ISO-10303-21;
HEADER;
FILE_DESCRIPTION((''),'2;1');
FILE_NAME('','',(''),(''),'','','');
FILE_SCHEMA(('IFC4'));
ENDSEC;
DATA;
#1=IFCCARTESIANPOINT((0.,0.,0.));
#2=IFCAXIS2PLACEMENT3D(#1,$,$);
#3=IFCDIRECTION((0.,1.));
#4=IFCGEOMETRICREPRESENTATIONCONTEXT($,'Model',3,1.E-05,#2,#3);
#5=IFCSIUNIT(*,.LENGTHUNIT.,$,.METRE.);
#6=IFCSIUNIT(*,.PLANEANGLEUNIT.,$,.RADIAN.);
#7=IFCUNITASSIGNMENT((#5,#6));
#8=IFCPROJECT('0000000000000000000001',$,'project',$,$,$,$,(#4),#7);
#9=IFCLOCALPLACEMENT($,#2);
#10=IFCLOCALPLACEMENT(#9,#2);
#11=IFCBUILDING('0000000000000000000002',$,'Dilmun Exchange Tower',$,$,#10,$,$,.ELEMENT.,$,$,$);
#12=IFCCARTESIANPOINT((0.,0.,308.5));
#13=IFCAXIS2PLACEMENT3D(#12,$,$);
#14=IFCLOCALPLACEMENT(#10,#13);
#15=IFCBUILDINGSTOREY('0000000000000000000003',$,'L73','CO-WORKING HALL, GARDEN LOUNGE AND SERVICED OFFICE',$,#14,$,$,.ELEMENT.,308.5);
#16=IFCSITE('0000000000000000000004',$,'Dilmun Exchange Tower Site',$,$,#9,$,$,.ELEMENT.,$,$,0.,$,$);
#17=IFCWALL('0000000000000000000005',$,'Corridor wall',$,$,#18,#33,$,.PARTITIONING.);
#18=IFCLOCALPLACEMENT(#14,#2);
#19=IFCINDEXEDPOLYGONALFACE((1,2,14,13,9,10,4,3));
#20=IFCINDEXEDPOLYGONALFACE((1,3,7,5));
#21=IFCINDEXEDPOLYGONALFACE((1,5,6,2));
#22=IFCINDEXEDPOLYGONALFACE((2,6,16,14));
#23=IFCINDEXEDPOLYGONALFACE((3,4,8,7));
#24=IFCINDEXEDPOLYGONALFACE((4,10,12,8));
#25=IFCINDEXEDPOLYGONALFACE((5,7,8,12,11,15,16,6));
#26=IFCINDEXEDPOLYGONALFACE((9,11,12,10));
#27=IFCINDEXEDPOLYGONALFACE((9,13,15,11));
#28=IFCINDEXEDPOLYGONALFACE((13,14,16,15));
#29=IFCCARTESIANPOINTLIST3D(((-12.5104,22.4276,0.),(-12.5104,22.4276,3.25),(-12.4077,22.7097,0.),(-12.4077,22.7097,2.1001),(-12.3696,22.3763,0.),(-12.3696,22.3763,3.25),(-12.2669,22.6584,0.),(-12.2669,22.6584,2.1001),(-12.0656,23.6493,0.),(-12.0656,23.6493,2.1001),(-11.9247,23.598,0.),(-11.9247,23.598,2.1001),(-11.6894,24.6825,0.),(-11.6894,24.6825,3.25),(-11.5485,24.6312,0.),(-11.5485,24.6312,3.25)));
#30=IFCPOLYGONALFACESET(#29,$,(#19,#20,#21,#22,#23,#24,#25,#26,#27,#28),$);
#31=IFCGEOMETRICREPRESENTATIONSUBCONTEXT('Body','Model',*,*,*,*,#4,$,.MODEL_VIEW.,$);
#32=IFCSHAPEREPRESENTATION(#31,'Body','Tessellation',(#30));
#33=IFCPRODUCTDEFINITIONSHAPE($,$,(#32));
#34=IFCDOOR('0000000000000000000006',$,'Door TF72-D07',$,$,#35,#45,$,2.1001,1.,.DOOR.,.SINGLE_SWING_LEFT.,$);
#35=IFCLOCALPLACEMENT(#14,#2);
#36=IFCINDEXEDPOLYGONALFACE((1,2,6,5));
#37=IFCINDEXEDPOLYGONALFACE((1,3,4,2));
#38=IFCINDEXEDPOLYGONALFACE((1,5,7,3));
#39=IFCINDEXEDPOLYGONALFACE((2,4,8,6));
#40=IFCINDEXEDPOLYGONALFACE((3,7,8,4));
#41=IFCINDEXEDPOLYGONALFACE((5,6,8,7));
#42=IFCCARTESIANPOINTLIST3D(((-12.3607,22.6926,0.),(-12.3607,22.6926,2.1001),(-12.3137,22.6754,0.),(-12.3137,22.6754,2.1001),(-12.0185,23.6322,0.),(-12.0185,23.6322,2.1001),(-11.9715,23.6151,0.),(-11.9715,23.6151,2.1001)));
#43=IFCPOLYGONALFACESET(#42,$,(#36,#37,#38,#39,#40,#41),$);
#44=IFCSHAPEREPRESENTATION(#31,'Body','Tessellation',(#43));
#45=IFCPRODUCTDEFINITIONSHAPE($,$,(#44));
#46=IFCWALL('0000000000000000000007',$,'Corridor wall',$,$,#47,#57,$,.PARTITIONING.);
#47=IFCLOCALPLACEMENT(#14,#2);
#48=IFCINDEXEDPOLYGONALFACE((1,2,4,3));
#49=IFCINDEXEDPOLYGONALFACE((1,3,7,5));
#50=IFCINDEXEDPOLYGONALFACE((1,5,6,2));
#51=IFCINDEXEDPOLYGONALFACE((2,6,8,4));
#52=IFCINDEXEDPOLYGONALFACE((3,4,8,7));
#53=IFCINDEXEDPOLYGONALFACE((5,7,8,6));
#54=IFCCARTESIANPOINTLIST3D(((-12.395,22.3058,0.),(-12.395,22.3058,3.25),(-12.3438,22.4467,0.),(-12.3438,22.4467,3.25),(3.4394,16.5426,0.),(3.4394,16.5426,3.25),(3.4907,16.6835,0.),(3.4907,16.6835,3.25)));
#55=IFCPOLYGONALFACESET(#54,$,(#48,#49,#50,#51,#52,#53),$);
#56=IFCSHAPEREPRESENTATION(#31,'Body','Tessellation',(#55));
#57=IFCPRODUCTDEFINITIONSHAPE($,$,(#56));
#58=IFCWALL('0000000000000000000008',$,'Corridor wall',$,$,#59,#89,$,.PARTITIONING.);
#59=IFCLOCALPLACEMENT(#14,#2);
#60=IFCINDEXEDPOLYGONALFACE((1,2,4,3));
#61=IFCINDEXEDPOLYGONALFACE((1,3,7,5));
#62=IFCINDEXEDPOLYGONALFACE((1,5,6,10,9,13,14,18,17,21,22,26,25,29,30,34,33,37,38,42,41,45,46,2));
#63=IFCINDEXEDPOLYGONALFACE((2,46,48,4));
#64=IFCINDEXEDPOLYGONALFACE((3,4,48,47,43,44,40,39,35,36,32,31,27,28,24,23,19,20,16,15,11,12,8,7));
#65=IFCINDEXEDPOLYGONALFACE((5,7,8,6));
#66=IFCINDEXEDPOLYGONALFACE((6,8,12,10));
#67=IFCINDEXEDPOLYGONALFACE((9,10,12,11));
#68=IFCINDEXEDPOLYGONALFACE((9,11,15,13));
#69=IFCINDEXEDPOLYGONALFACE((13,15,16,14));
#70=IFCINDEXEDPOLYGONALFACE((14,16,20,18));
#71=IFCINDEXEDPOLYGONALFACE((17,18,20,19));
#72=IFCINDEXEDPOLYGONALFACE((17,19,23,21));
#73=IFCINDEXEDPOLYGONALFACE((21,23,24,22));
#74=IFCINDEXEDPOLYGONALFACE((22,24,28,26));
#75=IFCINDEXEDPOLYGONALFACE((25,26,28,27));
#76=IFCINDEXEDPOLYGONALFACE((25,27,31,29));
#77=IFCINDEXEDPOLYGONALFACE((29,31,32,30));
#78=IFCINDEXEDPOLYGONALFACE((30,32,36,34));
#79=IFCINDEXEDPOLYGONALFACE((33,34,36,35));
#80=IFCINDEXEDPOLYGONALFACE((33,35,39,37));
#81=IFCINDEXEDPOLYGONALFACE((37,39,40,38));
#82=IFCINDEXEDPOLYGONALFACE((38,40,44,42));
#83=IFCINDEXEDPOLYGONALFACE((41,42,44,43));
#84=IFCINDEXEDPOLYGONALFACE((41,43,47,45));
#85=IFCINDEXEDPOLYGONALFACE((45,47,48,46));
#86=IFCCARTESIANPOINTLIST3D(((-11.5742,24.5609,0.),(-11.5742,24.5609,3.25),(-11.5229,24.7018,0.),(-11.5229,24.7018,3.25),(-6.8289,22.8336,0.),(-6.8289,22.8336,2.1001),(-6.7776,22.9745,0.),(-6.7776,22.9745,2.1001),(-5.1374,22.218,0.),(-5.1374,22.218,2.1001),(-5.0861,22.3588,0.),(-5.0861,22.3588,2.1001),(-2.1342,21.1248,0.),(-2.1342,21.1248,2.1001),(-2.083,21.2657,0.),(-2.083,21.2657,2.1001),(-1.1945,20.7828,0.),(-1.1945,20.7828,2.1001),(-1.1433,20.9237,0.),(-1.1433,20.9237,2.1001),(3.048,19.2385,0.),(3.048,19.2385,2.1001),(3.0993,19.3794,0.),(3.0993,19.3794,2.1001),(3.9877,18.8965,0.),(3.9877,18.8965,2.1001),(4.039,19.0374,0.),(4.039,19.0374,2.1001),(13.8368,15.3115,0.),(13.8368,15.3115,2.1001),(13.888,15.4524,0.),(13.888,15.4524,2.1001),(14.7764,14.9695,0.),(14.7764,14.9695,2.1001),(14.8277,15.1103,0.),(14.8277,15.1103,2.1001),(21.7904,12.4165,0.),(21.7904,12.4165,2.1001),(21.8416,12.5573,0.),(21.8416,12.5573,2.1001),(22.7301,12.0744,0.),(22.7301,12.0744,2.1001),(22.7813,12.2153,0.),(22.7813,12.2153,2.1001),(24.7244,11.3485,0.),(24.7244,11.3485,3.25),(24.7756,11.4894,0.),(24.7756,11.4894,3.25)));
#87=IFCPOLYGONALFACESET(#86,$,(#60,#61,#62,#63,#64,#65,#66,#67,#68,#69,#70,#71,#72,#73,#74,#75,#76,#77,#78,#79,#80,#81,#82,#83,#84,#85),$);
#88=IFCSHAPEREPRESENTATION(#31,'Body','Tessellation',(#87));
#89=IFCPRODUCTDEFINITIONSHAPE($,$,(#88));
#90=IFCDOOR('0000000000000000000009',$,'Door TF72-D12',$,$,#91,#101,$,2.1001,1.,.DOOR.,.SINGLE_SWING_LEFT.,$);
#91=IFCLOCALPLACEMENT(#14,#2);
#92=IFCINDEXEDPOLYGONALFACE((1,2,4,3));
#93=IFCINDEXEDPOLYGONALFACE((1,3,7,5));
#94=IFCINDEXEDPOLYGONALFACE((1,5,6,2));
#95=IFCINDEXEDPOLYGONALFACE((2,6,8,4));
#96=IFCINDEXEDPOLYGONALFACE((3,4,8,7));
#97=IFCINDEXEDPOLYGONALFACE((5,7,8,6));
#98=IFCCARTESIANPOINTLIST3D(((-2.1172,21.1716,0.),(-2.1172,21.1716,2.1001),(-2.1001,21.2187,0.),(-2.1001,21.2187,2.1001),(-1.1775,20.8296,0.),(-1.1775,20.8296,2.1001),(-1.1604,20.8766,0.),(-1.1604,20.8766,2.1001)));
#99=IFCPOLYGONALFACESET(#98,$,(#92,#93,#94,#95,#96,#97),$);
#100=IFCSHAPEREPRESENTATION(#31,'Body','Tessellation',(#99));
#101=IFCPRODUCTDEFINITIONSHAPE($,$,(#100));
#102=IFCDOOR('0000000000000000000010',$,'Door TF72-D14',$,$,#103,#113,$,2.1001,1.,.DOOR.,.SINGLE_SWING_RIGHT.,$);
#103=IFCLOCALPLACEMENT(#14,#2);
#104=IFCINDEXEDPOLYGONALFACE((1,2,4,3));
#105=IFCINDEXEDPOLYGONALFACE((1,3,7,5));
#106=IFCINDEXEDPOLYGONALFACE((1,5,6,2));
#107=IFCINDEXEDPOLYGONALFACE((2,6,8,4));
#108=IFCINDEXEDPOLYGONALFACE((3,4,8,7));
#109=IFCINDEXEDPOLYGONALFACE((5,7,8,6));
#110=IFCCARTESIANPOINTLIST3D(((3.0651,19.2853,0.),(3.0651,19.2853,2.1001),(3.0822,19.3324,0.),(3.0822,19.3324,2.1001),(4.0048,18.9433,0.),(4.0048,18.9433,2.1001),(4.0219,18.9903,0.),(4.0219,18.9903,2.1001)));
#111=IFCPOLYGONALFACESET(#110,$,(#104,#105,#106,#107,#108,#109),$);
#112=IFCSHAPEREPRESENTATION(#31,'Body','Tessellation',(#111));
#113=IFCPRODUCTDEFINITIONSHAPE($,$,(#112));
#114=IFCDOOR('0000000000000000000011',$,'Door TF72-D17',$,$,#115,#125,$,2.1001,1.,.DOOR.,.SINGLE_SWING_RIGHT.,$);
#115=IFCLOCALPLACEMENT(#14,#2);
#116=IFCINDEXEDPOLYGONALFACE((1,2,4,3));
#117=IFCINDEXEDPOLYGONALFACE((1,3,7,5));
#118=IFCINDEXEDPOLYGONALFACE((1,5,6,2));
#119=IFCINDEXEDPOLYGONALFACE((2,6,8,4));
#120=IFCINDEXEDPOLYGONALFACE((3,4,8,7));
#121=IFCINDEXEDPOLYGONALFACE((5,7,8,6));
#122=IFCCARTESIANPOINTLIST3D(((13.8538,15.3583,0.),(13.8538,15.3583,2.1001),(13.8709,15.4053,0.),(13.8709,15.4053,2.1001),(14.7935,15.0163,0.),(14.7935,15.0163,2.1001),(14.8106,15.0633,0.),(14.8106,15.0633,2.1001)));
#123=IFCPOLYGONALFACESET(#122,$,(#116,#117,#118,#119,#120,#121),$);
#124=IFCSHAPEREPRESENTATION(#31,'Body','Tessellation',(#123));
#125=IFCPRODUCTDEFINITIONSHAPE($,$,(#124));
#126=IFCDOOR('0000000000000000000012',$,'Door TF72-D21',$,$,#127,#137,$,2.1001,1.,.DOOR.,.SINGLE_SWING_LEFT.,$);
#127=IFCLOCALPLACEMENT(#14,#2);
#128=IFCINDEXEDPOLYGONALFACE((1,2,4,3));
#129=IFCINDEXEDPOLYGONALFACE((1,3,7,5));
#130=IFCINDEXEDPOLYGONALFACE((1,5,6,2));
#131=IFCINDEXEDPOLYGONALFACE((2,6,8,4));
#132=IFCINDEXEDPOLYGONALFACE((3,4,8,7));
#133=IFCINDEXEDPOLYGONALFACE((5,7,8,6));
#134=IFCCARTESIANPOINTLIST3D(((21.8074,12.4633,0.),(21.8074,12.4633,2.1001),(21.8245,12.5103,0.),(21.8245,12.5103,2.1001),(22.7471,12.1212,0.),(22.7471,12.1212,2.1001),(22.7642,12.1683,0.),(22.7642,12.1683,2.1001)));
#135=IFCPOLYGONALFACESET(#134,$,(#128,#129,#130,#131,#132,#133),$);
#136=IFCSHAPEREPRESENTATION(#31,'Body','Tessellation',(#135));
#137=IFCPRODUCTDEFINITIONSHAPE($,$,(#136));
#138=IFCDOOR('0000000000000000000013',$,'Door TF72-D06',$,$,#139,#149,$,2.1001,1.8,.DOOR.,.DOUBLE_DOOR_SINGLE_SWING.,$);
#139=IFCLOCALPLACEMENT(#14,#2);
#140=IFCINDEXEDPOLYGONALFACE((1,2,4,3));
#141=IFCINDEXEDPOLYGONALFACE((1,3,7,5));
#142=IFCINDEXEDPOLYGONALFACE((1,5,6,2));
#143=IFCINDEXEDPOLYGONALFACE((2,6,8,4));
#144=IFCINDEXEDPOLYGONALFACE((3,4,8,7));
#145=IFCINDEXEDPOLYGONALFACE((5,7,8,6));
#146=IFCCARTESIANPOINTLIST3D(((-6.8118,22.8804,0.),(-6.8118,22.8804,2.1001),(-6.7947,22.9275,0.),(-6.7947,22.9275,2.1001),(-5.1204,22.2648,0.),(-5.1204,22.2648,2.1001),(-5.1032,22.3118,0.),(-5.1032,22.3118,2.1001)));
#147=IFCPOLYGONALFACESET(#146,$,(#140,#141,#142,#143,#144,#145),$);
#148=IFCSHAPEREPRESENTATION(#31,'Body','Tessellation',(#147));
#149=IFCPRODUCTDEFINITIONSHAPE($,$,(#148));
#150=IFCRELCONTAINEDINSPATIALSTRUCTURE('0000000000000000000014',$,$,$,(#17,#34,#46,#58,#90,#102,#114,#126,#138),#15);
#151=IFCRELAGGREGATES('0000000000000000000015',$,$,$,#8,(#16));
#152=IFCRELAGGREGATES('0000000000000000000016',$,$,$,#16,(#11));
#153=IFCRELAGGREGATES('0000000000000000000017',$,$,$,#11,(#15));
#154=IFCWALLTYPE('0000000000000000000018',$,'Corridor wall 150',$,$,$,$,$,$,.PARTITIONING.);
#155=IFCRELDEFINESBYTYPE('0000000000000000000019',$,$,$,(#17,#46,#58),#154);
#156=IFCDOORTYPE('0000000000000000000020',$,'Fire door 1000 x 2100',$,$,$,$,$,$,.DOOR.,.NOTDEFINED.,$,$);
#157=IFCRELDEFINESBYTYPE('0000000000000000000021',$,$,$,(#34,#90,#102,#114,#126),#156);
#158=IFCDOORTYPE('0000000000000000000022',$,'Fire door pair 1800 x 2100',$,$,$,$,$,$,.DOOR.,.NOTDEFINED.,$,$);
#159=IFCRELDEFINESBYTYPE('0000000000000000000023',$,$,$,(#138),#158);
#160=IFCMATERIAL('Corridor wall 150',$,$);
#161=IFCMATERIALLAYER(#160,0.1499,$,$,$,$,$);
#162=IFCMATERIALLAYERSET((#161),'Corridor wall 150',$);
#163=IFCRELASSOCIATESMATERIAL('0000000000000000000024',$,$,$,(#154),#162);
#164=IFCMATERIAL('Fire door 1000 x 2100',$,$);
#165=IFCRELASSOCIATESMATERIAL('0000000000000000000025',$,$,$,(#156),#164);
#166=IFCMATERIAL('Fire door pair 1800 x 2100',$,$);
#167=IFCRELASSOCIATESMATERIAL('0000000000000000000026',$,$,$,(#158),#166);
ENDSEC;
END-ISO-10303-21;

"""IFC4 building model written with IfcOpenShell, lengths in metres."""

from ifc_helpers import new_model, si_unit, direction, frame, frame_2d, origin, place, context, subcontext, project, spatial, rectangle, extrude, material, layer, layer_set, type_object, element, fill, save


model = new_model("IFC4")

# Units and contexts
model_context = context("Model", 3, precision=1e-05, world=origin(), true_north=direction((0.0, 1.0)))
body_context = subcontext(model_context, "Body", "Model", "MODEL_VIEW")
ifc_project = project(units=[si_unit("LENGTHUNIT", "METRE"), si_unit("PLANEANGLEUNIT", "RADIAN")], contexts=[model_context])

# Site, building, storey
site_placement = place(None, origin())
site = spatial("IfcSite", under=ifc_project, at=site_placement, Name="Dilmun Exchange Tower Site", CompositionType="ELEMENT", RefElevation=0.0)
building_placement = place(site_placement, origin())
building = spatial("IfcBuilding", under=site, at=building_placement, Name="Dilmun Exchange Tower", CompositionType="ELEMENT")
storey_placement = place(building_placement, frame((0.0, 0.0, 308.5)))
storey = spatial("IfcBuildingStorey", under=building, at=storey_placement, Name="L73", Description="CO-WORKING HALL, GARDEN LOUNGE AND SERVICED OFFICE", CompositionType="ELEMENT", Elevation=308.5)

# Shared definitions
ifc_material_1 = material(Name="Corridor wall 150")
ifc_layer_1 = layer(ifc_material_1, 0.1499)
ifc_layer_set_1 = layer_set([ifc_layer_1], Name="Corridor wall 150")
wall_type_1 = type_object("IfcWallType", Name="Corridor wall 150", PredefinedType="PARTITIONING", material=ifc_layer_set_1)

# Wall, opening, door
ifc_material_2 = material(Name="Fire door 1000 x 2100")
door_type_1 = type_object("IfcDoorType", Name="Fire door 1000 x 2100", OperationType="NOTDEFINED", PredefinedType="DOOR", material=ifc_material_2)
wall_1_placement = place(storey_placement, frame((-12.4399, 22.4021, 0.0), z_axis=(0.0, 0.0, 1.0), x_axis=(0.342143, 0.939648, 0.0)))
wall_1 = element("IfcWall", 1, at=wall_1_placement, inside=storey, type_object=wall_type_1, Name="Corridor wall", PredefinedType="PARTITIONING", context=body_context, shape_type="SweptSolid", body=[
    extrude(rectangle(XDim=2.3997, YDim=0.1499, at=frame_2d((1.1997, 0.0))), origin(), (0.0, 0.0, 1.0), 3.25),
])
opening_1_placement = place(wall_1_placement, frame((0.3, 0.0, 0.0)))
opening_1 = element("IfcOpeningElement", 2, at=opening_1_placement, cuts=wall_1, PredefinedType="OPENING", context=body_context, shape_type="SweptSolid", body=[
    extrude(rectangle(XDim=1.0, YDim=2.1001, at=frame_2d((0.5, 1.05))), frame((0.0, 0.085, 0.0), z_axis=(0.0, -1.0, 0.0), x_axis=(1.0, 0.0, 0.0)), (0.0, 0.0, 1.0), 0.1699),
])
door_1_placement = place(opening_1_placement, origin())
door_1 = element("IfcDoor", 3, at=door_1_placement, inside=storey, type_object=door_type_1, Name="Door TF72-D07", OperationType="SINGLE_SWING_LEFT", OverallHeight=2.1001, OverallWidth=1.0, PredefinedType="DOOR", context=body_context, shape_type="SweptSolid", body=[
    extrude(rectangle(XDim=1.0, YDim=2.1001, at=frame_2d((0.5, 1.05))), frame((0.0, 0.0249, 0.0), z_axis=(0.0, -1.0, 0.0), x_axis=(1.0, 0.0, 0.0)), (0.0, 0.0, 1.0), 0.05),
])
fill(opening_1, door_1)

# Wall
wall_2_placement = place(storey_placement, frame((-12.3694, 22.3762, 0.0), z_axis=(0.0, 0.0, 1.0), x_axis=(0.939694, -0.342015, 0.0)))
element("IfcWall", 4, at=wall_2_placement, inside=storey, type_object=wall_type_1, Name="Corridor wall", PredefinedType="PARTITIONING", context=body_context, shape_type="SweptSolid", body=[
    extrude(rectangle(XDim=16.8506, YDim=0.1499, at=frame_2d((8.4253, 0.0))), origin(), (0.0, 0.0, 1.0), 3.25),
])

# Wall, openings, doors
wall_3_placement = place(storey_placement, frame((-11.5486, 24.6313, 0.0), z_axis=(0.0, 0.0, 1.0), x_axis=(0.939686, -0.342038, 0.0)))
wall_3 = element("IfcWall", 5, at=wall_3_placement, inside=storey, type_object=wall_type_1, Name="Corridor wall", PredefinedType="PARTITIONING", context=body_context, shape_type="SweptSolid", body=[
    extrude(rectangle(XDim=38.6284, YDim=0.1499, at=frame_2d((19.3142, 0.0))), origin(), (0.0, 0.0, 1.0), 3.25),
])
opening_2_placement = place(wall_3_placement, frame((5.05, 0.0, 0.0)))
opening_2 = element("IfcOpeningElement", 6, at=opening_2_placement, cuts=wall_3, PredefinedType="OPENING", context=body_context, shape_type="SweptSolid", body=[
    extrude(rectangle(XDim=1.8, YDim=2.1001, at=frame_2d((0.8999, 1.05))), frame((0.0, 0.085, 0.0), z_axis=(0.0, -1.0, 0.0), x_axis=(1.0, 0.0, 0.0)), (0.0, 0.0, 1.0), 0.1699),
])
opening_3_placement = place(wall_3_placement, frame((10.0459, 0.0, 0.0)))
opening_3 = element("IfcOpeningElement", 7, at=opening_3_placement, cuts=wall_3, PredefinedType="OPENING", context=body_context, shape_type="SweptSolid", body=[
    extrude(rectangle(XDim=1.0, YDim=2.1001, at=frame_2d((0.5, 1.05))), frame((0.0, 0.085, 0.0), z_axis=(0.0, -1.0, 0.0), x_axis=(1.0, 0.0, 0.0)), (0.0, 0.0, 1.0), 0.1699),
])
opening_4_placement = place(wall_3_placement, frame((15.5608, 0.0, 0.0)))
opening_4 = element("IfcOpeningElement", 8, at=opening_4_placement, cuts=wall_3, PredefinedType="OPENING", context=body_context, shape_type="SweptSolid", body=[
    extrude(rectangle(XDim=1.0, YDim=2.1001, at=frame_2d((0.5, 1.05))), frame((0.0, 0.085, 0.0), z_axis=(0.0, -1.0, 0.0), x_axis=(1.0, 0.0, 0.0)), (0.0, 0.0, 1.0), 0.1699),
])
opening_5_placement = place(wall_3_placement, frame((27.042, 0.0, 0.0)))
opening_5 = element("IfcOpeningElement", 9, at=opening_5_placement, cuts=wall_3, PredefinedType="OPENING", context=body_context, shape_type="SweptSolid", body=[
    extrude(rectangle(XDim=1.0, YDim=2.1001, at=frame_2d((0.5, 1.05))), frame((0.0, 0.085, 0.0), z_axis=(0.0, -1.0, 0.0), x_axis=(1.0, 0.0, 0.0)), (0.0, 0.0, 1.0), 0.1699),
])
opening_6_placement = place(wall_3_placement, frame((35.5061, 0.0, 0.0)))
opening_6 = element("IfcOpeningElement", 10, at=opening_6_placement, cuts=wall_3, PredefinedType="OPENING", context=body_context, shape_type="SweptSolid", body=[
    extrude(rectangle(XDim=1.0, YDim=2.1001, at=frame_2d((0.5, 1.05))), frame((0.0, 0.085, 0.0), z_axis=(0.0, -1.0, 0.0), x_axis=(1.0, 0.0, 0.0)), (0.0, 0.0, 1.0), 0.1699),
])
door_2_placement = place(opening_3_placement, origin())
door_2 = element("IfcDoor", 11, at=door_2_placement, inside=storey, type_object=door_type_1, Name="Door TF72-D12", OperationType="SINGLE_SWING_LEFT", OverallHeight=2.1001, OverallWidth=1.0, PredefinedType="DOOR", context=body_context, shape_type="SweptSolid", body=[
    extrude(rectangle(XDim=1.0, YDim=2.1001, at=frame_2d((0.5, 1.05))), frame((0.0, 0.0249, 0.0), z_axis=(0.0, -1.0, 0.0), x_axis=(1.0, 0.0, 0.0)), (0.0, 0.0, 1.0), 0.05),
])
fill(opening_3, door_2)
door_3_placement = place(opening_4_placement, origin())
door_3 = element("IfcDoor", 12, at=door_3_placement, inside=storey, type_object=door_type_1, Name="Door TF72-D14", OperationType="SINGLE_SWING_RIGHT", OverallHeight=2.1001, OverallWidth=1.0, PredefinedType="DOOR", context=body_context, shape_type="SweptSolid", body=[
    extrude(rectangle(XDim=1.0, YDim=2.1001, at=frame_2d((0.5, 1.05))), frame((0.0, 0.0249, 0.0), z_axis=(0.0, -1.0, 0.0), x_axis=(1.0, 0.0, 0.0)), (0.0, 0.0, 1.0), 0.05),
])
fill(opening_4, door_3)
door_4_placement = place(opening_5_placement, origin())
door_4 = element("IfcDoor", 13, at=door_4_placement, inside=storey, type_object=door_type_1, Name="Door TF72-D17", OperationType="SINGLE_SWING_RIGHT", OverallHeight=2.1001, OverallWidth=1.0, PredefinedType="DOOR", context=body_context, shape_type="SweptSolid", body=[
    extrude(rectangle(XDim=1.0, YDim=2.1001, at=frame_2d((0.5, 1.05))), frame((0.0, 0.0249, 0.0), z_axis=(0.0, -1.0, 0.0), x_axis=(1.0, 0.0, 0.0)), (0.0, 0.0, 1.0), 0.05),
])
fill(opening_5, door_4)
door_5_placement = place(opening_6_placement, origin())
door_5 = element("IfcDoor", 14, at=door_5_placement, inside=storey, type_object=door_type_1, Name="Door TF72-D21", OperationType="SINGLE_SWING_LEFT", OverallHeight=2.1001, OverallWidth=1.0, PredefinedType="DOOR", context=body_context, shape_type="SweptSolid", body=[
    extrude(rectangle(XDim=1.0, YDim=2.1001, at=frame_2d((0.5, 1.05))), frame((0.0, 0.0249, 0.0), z_axis=(0.0, -1.0, 0.0), x_axis=(1.0, 0.0, 0.0)), (0.0, 0.0, 1.0), 0.05),
])
fill(opening_6, door_5)
ifc_material_3 = material(Name="Fire door pair 1800 x 2100")
door_type_2 = type_object("IfcDoorType", Name="Fire door pair 1800 x 2100", OperationType="NOTDEFINED", PredefinedType="DOOR", material=ifc_material_3)
door_6_placement = place(opening_2_placement, origin())
door_6 = element("IfcDoor", 15, at=door_6_placement, inside=storey, type_object=door_type_2, Name="Door TF72-D06", OperationType="DOUBLE_DOOR_SINGLE_SWING", OverallHeight=2.1001, OverallWidth=1.8, PredefinedType="DOOR", context=body_context, shape_type="SweptSolid", body=[
    extrude(rectangle(XDim=1.8, YDim=2.1001, at=frame_2d((0.8999, 1.05))), frame((0.0, 0.0249, 0.0), z_axis=(0.0, -1.0, 0.0), x_axis=(1.0, 0.0, 0.0)), (0.0, 0.0, 1.0), 0.05),
])
fill(opening_2, door_6)

save(model, "model.ifc")
